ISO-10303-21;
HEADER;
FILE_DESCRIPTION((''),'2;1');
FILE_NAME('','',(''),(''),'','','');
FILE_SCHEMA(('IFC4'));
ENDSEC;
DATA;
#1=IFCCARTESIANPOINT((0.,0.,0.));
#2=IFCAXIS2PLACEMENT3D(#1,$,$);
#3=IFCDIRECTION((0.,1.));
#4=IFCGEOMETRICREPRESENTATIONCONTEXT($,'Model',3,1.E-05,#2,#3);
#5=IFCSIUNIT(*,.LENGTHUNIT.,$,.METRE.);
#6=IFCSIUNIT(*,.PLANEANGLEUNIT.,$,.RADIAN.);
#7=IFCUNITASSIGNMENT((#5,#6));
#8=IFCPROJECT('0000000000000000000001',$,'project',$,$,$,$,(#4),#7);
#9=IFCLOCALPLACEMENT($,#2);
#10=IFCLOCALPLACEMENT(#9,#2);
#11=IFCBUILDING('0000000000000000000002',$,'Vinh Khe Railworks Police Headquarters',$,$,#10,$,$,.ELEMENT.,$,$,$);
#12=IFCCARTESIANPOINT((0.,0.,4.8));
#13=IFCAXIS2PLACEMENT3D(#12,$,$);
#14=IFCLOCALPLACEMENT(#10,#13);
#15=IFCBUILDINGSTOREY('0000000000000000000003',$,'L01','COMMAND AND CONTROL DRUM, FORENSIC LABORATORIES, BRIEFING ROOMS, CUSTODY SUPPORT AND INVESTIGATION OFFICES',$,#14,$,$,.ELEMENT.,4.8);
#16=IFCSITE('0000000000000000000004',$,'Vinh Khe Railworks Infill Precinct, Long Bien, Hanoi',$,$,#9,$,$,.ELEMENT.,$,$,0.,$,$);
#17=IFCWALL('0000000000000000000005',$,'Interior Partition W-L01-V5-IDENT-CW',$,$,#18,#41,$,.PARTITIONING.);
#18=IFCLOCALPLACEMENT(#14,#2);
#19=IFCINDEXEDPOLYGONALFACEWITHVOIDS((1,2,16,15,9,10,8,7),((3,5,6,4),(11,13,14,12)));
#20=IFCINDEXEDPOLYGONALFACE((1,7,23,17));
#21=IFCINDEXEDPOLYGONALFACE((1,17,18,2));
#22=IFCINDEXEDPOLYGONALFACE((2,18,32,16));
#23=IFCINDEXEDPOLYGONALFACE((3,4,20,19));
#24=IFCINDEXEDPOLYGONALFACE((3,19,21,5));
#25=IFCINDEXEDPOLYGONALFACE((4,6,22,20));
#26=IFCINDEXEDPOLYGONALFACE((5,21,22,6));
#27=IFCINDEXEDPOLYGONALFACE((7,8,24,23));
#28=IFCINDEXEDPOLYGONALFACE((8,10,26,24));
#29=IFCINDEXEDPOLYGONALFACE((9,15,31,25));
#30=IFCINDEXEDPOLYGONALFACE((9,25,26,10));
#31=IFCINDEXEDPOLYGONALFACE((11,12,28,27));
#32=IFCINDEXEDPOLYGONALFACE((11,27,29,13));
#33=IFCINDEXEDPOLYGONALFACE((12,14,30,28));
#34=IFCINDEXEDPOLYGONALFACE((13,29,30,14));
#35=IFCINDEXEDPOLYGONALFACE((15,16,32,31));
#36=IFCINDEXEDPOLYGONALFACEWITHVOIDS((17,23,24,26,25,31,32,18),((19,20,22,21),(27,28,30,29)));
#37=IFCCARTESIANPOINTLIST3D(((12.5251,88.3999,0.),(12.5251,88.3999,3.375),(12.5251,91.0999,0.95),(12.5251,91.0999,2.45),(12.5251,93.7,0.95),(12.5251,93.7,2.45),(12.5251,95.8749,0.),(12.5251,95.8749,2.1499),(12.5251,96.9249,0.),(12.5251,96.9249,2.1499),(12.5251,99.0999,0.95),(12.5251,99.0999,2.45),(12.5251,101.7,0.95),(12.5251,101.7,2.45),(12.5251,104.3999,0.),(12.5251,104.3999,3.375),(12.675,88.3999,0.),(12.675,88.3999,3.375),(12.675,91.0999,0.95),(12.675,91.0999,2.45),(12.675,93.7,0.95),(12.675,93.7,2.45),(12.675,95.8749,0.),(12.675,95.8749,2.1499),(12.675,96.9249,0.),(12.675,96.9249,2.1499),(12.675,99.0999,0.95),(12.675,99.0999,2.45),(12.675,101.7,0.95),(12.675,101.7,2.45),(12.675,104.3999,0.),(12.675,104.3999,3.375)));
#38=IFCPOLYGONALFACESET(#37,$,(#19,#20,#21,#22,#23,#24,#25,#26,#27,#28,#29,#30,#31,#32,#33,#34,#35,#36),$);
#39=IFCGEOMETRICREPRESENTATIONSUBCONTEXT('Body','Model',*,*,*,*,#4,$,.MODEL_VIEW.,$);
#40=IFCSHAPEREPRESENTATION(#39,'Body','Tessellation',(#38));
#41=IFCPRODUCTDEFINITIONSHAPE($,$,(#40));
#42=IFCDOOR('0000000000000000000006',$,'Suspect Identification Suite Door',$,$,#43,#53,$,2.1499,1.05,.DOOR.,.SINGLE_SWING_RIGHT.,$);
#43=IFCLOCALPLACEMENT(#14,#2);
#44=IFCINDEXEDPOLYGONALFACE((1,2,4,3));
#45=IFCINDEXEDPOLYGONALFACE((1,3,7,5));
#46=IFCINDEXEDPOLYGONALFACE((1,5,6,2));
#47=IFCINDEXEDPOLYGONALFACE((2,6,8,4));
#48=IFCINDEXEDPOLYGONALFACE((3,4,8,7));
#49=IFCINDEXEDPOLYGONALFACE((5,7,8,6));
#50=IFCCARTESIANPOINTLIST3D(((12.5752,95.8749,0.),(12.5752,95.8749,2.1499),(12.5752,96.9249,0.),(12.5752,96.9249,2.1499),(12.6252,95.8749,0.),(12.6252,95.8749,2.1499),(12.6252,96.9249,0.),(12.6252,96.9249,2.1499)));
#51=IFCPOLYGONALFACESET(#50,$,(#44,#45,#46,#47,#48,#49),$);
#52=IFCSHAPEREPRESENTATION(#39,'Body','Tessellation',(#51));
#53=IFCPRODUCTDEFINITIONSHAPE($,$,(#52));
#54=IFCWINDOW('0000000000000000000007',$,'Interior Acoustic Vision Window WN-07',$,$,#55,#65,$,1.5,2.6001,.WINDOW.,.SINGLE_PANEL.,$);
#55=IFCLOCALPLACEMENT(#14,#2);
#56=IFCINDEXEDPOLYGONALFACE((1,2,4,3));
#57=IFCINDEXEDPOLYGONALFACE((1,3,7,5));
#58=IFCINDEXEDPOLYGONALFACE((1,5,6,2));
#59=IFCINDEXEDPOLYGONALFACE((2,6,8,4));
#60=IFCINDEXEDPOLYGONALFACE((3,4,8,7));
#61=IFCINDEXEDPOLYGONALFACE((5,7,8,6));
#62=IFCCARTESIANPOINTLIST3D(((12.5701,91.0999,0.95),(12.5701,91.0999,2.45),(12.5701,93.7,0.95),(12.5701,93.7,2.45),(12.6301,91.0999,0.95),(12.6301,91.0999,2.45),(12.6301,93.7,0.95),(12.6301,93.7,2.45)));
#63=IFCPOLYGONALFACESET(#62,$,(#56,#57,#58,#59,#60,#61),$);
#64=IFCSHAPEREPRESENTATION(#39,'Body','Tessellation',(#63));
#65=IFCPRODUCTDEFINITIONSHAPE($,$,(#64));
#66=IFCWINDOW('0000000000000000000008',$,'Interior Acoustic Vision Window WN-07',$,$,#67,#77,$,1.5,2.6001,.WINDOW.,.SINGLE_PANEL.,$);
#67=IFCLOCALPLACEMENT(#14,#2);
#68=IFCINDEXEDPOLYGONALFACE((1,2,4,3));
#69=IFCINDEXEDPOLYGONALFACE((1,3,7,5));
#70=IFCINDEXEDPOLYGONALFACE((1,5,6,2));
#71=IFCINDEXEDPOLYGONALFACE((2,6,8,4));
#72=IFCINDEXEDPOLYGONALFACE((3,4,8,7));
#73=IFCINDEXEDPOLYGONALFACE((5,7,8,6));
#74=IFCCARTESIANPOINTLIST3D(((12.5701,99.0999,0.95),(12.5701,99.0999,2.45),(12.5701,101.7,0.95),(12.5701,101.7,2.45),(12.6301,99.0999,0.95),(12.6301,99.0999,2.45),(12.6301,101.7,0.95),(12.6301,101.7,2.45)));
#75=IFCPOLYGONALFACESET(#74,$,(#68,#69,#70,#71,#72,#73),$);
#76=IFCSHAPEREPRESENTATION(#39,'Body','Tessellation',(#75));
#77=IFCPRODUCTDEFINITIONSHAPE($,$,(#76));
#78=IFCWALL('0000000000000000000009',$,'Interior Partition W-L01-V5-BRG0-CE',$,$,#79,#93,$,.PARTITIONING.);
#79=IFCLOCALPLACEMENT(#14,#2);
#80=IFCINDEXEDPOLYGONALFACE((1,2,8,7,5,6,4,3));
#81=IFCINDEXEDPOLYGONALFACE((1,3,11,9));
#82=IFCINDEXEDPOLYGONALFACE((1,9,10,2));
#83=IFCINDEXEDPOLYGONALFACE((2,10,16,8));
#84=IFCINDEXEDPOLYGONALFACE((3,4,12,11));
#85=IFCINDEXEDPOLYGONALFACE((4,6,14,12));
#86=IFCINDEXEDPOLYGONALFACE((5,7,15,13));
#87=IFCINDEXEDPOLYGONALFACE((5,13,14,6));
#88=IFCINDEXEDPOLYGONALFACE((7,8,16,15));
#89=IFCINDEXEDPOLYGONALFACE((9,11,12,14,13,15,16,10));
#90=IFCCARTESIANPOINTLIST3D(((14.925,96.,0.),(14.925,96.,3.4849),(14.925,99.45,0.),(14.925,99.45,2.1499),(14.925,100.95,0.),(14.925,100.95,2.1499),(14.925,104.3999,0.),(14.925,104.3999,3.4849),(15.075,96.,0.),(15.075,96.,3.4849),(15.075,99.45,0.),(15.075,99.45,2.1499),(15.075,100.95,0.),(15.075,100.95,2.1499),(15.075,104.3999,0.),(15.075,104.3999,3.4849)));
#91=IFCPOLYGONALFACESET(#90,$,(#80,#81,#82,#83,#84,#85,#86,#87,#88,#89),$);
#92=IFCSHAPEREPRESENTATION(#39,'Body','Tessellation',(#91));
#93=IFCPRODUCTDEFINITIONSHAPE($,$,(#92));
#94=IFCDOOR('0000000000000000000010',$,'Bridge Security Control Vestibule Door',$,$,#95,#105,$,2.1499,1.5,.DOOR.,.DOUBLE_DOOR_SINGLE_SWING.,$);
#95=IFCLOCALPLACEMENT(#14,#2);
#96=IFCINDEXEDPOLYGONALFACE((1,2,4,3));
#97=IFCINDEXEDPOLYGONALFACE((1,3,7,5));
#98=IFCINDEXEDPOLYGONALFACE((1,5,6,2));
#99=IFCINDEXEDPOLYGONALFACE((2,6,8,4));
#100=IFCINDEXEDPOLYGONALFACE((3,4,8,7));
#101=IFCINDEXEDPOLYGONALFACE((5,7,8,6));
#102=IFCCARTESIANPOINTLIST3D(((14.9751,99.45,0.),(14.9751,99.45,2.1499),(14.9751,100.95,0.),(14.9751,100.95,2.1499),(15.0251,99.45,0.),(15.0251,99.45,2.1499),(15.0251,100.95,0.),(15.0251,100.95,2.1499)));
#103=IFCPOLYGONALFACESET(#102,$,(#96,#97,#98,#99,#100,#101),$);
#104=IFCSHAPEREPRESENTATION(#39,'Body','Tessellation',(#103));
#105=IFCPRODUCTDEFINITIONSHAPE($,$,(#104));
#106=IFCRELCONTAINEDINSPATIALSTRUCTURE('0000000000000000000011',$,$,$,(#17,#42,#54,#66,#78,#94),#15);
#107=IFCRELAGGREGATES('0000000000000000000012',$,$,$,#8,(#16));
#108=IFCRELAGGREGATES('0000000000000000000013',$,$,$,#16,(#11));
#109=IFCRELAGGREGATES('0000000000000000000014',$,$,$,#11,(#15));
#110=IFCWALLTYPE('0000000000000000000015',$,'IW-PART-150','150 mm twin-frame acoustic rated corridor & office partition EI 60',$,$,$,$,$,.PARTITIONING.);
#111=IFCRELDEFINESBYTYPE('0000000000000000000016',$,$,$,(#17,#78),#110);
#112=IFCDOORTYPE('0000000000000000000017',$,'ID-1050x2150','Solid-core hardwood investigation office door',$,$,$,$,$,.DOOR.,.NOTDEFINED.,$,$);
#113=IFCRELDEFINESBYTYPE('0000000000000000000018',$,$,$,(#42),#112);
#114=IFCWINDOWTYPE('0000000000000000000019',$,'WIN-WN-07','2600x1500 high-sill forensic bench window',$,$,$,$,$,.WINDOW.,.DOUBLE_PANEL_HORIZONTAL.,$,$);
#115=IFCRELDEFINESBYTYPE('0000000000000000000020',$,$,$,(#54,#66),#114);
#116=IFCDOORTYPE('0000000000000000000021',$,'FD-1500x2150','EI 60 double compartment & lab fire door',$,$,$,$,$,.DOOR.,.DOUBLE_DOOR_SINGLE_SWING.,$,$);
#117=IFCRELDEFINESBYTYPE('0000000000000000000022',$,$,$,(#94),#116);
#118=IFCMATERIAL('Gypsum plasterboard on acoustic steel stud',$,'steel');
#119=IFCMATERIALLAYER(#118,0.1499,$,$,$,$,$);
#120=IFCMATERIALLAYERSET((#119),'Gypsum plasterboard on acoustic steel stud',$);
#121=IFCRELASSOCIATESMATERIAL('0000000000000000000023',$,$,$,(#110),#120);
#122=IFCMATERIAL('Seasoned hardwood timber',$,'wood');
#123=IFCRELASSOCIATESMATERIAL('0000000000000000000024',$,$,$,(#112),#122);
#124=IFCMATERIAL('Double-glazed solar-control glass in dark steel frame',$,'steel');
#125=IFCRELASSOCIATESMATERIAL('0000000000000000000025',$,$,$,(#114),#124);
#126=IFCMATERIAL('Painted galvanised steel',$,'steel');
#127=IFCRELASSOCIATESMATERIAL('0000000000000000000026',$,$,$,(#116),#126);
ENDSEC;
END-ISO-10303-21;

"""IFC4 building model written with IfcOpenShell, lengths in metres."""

from ifc_helpers import new_model, si_unit, direction, frame, frame_2d, origin, place, context, subcontext, project, spatial, rectangle, extrude, material, layer, layer_set, type_object, element, fill, save


model = new_model("IFC4")

# Units and contexts
model_context = context("Model", 3, precision=1e-05, world=origin(), true_north=direction((0.0, 1.0)))
body_context = subcontext(model_context, "Body", "Model", "MODEL_VIEW")
ifc_project = project(units=[si_unit("LENGTHUNIT", "METRE"), si_unit("PLANEANGLEUNIT", "RADIAN")], contexts=[model_context])

# Site, building, storey
site_placement = place(None, origin())
site = spatial("IfcSite", under=ifc_project, at=site_placement, Name="Vinh Khe Railworks Infill Precinct, Long Bien, Hanoi", CompositionType="ELEMENT", RefElevation=0.0)
building_placement = place(site_placement, origin())
building = spatial("IfcBuilding", under=site, at=building_placement, Name="Vinh Khe Railworks Police Headquarters", CompositionType="ELEMENT")
storey_placement = place(building_placement, frame((0.0, 0.0, 4.8)))
storey = spatial("IfcBuildingStorey", under=building, at=storey_placement, Name="L01", Description="COMMAND AND CONTROL DRUM, FORENSIC LABORATORIES, BRIEFING ROOMS, CUSTODY SUPPORT AND INVESTIGATION OFFICES", CompositionType="ELEMENT", Elevation=4.8)

# Shared definitions
ifc_material_1 = material(Name="Double-glazed solar-control glass in dark steel frame", Category="steel")

# Wall, openings, door, windows
ifc_material_2 = material(Name="Gypsum plasterboard on acoustic steel stud", Category="steel")
ifc_layer_1 = layer(ifc_material_2, 0.1499)
ifc_layer_set_1 = layer_set([ifc_layer_1], Name="Gypsum plasterboard on acoustic steel stud")
wall_type_1 = type_object("IfcWallType", Name="IW-PART-150", Description="150 mm twin-frame acoustic rated corridor & office partition EI 60", PredefinedType="PARTITIONING", material=ifc_layer_set_1)
wall_1_placement = place(storey_placement, frame((12.6001, 88.3999, 0.0), z_axis=(0.0, 0.0, 1.0), x_axis=(0.0, 1.0, 0.0)))
wall_1 = element("IfcWall", 1, at=wall_1_placement, inside=storey, type_object=wall_type_1, Name="Interior Partition W-L01-V5-IDENT-CW", PredefinedType="PARTITIONING", context=body_context, shape_type="SweptSolid", body=[
    extrude(rectangle(XDim=16.0, YDim=0.1499, at=frame_2d((8.0, 0.0))), origin(), (0.0, 0.0, 1.0), 3.375),
])
opening_1_placement = place(wall_1_placement, frame((7.4751, 0.0, 0.0)))
opening_1 = element("IfcOpeningElement", 2, at=opening_1_placement, cuts=wall_1, PredefinedType="OPENING", context=body_context, shape_type="SweptSolid", body=[
    extrude(rectangle(XDim=1.05, YDim=2.1499, at=frame_2d((0.5249, 1.075))), frame((0.0, 0.0898, 0.0), z_axis=(0.0, -1.0, 0.0), x_axis=(1.0, 0.0, 0.0)), (0.0, 0.0, 1.0), 0.1797),
])
opening_2_placement = place(wall_1_placement, frame((2.7, 0.0, 0.95)))
opening_2 = element("IfcOpeningElement", 3, at=opening_2_placement, cuts=wall_1, PredefinedType="OPENING", context=body_context, shape_type="SweptSolid", body=[
    extrude(rectangle(XDim=2.6001, YDim=1.5, at=frame_2d((1.3, 0.75))), frame((0.0, 0.0898, 0.0), z_axis=(0.0, -1.0, 0.0), x_axis=(1.0, 0.0, 0.0)), (0.0, 0.0, 1.0), 0.1797),
])
opening_3_placement = place(wall_1_placement, frame((10.7, 0.0, 0.95)))
opening_3 = element("IfcOpeningElement", 4, at=opening_3_placement, cuts=wall_1, PredefinedType="OPENING", context=body_context, shape_type="SweptSolid", body=[
    extrude(rectangle(XDim=2.6001, YDim=1.5, at=frame_2d((1.3, 0.75))), frame((0.0, 0.0898, 0.0), z_axis=(0.0, -1.0, 0.0), x_axis=(1.0, 0.0, 0.0)), (0.0, 0.0, 1.0), 0.1797),
])
ifc_material_3 = material(Name="Seasoned hardwood timber", Category="wood")
door_type_1 = type_object("IfcDoorType", Name="ID-1050x2150", Description="Solid-core hardwood investigation office door", OperationType="NOTDEFINED", PredefinedType="DOOR", material=ifc_material_3)
door_1_placement = place(opening_1_placement, origin())
door_1 = element("IfcDoor", 5, at=door_1_placement, inside=storey, type_object=door_type_1, Name="Suspect Identification Suite Door", OperationType="SINGLE_SWING_RIGHT", OverallHeight=2.1499, OverallWidth=1.05, PredefinedType="DOOR", context=body_context, shape_type="SweptSolid", body=[
    extrude(rectangle(XDim=1.05, YDim=2.1499, at=frame_2d((0.5249, 1.075))), frame((0.0, 0.0249, 0.0), z_axis=(0.0, -1.0, 0.0), x_axis=(1.0, 0.0, 0.0)), (0.0, 0.0, 1.0), 0.05),
])
fill(opening_1, door_1)
window_type_1 = type_object("IfcWindowType", Name="WIN-WN-07", Description="2600x1500 high-sill forensic bench window", PartitioningType="DOUBLE_PANEL_HORIZONTAL", PredefinedType="WINDOW", material=ifc_material_1)
window_1_placement = place(opening_2_placement, origin())
window_1 = element("IfcWindow", 6, at=window_1_placement, inside=storey, type_object=window_type_1, Name="Interior Acoustic Vision Window WN-07", OverallHeight=1.5, OverallWidth=2.6001, PartitioningType="SINGLE_PANEL", PredefinedType="WINDOW", context=body_context, shape_type="SweptSolid", body=[
    extrude(rectangle(XDim=2.6001, YDim=1.5, at=frame_2d((1.3, 0.75))), frame((0.0, 0.03, 0.0), z_axis=(0.0, -1.0, 0.0), x_axis=(1.0, 0.0, 0.0)), (0.0, 0.0, 1.0), 0.0601),
])
fill(opening_2, window_1)
window_2_placement = place(opening_3_placement, origin())
window_2 = element("IfcWindow", 7, at=window_2_placement, inside=storey, type_object=window_type_1, Name="Interior Acoustic Vision Window WN-07", OverallHeight=1.5, OverallWidth=2.6001, PartitioningType="SINGLE_PANEL", PredefinedType="WINDOW", context=body_context, shape_type="SweptSolid", body=[
    extrude(rectangle(XDim=2.6001, YDim=1.5, at=frame_2d((1.3, 0.75))), frame((0.0, 0.03, 0.0), z_axis=(0.0, -1.0, 0.0), x_axis=(1.0, 0.0, 0.0)), (0.0, 0.0, 1.0), 0.0601),
])
fill(opening_3, window_2)

# Wall, opening, door
wall_2_placement = place(storey_placement, frame((15.0, 96.0, 0.0), z_axis=(0.0, 0.0, 1.0), x_axis=(0.0, 1.0, 0.0)))
wall_2 = element("IfcWall", 8, at=wall_2_placement, inside=storey, type_object=wall_type_1, Name="Interior Partition W-L01-V5-BRG0-CE", PredefinedType="PARTITIONING", context=body_context, shape_type="SweptSolid", body=[
    extrude(rectangle(XDim=8.3999, YDim=0.1499, at=frame_2d((4.2, 0.0))), origin(), (0.0, 0.0, 1.0), 3.4849),
])
opening_4_placement = place(wall_2_placement, frame((3.45, 0.0, 0.0)))
opening_4 = element("IfcOpeningElement", 9, at=opening_4_placement, cuts=wall_2, PredefinedType="OPENING", context=body_context, shape_type="SweptSolid", body=[
    extrude(rectangle(XDim=1.5, YDim=2.1499, at=frame_2d((0.75, 1.075))), frame((0.0, 0.0898, 0.0), z_axis=(0.0, -1.0, 0.0), x_axis=(1.0, 0.0, 0.0)), (0.0, 0.0, 1.0), 0.1797),
])
ifc_material_4 = material(Name="Painted galvanised steel", Category="steel")
door_type_2 = type_object("IfcDoorType", Name="FD-1500x2150", Description="EI 60 double compartment & lab fire door", OperationType="DOUBLE_DOOR_SINGLE_SWING", PredefinedType="DOOR", material=ifc_material_4)
door_2_placement = place(opening_4_placement, origin())
door_2 = element("IfcDoor", 10, at=door_2_placement, inside=storey, type_object=door_type_2, Name="Bridge Security Control Vestibule Door", OperationType="DOUBLE_DOOR_SINGLE_SWING", OverallHeight=2.1499, OverallWidth=1.5, PredefinedType="DOOR", context=body_context, shape_type="SweptSolid", body=[
    extrude(rectangle(XDim=1.5, YDim=2.1499, at=frame_2d((0.75, 1.075))), frame((0.0, 0.0249, 0.0), z_axis=(0.0, -1.0, 0.0), x_axis=(1.0, 0.0, 0.0)), (0.0, 0.0, 1.0), 0.05),
])
fill(opening_4, door_2)

save(model, "model.ifc")
